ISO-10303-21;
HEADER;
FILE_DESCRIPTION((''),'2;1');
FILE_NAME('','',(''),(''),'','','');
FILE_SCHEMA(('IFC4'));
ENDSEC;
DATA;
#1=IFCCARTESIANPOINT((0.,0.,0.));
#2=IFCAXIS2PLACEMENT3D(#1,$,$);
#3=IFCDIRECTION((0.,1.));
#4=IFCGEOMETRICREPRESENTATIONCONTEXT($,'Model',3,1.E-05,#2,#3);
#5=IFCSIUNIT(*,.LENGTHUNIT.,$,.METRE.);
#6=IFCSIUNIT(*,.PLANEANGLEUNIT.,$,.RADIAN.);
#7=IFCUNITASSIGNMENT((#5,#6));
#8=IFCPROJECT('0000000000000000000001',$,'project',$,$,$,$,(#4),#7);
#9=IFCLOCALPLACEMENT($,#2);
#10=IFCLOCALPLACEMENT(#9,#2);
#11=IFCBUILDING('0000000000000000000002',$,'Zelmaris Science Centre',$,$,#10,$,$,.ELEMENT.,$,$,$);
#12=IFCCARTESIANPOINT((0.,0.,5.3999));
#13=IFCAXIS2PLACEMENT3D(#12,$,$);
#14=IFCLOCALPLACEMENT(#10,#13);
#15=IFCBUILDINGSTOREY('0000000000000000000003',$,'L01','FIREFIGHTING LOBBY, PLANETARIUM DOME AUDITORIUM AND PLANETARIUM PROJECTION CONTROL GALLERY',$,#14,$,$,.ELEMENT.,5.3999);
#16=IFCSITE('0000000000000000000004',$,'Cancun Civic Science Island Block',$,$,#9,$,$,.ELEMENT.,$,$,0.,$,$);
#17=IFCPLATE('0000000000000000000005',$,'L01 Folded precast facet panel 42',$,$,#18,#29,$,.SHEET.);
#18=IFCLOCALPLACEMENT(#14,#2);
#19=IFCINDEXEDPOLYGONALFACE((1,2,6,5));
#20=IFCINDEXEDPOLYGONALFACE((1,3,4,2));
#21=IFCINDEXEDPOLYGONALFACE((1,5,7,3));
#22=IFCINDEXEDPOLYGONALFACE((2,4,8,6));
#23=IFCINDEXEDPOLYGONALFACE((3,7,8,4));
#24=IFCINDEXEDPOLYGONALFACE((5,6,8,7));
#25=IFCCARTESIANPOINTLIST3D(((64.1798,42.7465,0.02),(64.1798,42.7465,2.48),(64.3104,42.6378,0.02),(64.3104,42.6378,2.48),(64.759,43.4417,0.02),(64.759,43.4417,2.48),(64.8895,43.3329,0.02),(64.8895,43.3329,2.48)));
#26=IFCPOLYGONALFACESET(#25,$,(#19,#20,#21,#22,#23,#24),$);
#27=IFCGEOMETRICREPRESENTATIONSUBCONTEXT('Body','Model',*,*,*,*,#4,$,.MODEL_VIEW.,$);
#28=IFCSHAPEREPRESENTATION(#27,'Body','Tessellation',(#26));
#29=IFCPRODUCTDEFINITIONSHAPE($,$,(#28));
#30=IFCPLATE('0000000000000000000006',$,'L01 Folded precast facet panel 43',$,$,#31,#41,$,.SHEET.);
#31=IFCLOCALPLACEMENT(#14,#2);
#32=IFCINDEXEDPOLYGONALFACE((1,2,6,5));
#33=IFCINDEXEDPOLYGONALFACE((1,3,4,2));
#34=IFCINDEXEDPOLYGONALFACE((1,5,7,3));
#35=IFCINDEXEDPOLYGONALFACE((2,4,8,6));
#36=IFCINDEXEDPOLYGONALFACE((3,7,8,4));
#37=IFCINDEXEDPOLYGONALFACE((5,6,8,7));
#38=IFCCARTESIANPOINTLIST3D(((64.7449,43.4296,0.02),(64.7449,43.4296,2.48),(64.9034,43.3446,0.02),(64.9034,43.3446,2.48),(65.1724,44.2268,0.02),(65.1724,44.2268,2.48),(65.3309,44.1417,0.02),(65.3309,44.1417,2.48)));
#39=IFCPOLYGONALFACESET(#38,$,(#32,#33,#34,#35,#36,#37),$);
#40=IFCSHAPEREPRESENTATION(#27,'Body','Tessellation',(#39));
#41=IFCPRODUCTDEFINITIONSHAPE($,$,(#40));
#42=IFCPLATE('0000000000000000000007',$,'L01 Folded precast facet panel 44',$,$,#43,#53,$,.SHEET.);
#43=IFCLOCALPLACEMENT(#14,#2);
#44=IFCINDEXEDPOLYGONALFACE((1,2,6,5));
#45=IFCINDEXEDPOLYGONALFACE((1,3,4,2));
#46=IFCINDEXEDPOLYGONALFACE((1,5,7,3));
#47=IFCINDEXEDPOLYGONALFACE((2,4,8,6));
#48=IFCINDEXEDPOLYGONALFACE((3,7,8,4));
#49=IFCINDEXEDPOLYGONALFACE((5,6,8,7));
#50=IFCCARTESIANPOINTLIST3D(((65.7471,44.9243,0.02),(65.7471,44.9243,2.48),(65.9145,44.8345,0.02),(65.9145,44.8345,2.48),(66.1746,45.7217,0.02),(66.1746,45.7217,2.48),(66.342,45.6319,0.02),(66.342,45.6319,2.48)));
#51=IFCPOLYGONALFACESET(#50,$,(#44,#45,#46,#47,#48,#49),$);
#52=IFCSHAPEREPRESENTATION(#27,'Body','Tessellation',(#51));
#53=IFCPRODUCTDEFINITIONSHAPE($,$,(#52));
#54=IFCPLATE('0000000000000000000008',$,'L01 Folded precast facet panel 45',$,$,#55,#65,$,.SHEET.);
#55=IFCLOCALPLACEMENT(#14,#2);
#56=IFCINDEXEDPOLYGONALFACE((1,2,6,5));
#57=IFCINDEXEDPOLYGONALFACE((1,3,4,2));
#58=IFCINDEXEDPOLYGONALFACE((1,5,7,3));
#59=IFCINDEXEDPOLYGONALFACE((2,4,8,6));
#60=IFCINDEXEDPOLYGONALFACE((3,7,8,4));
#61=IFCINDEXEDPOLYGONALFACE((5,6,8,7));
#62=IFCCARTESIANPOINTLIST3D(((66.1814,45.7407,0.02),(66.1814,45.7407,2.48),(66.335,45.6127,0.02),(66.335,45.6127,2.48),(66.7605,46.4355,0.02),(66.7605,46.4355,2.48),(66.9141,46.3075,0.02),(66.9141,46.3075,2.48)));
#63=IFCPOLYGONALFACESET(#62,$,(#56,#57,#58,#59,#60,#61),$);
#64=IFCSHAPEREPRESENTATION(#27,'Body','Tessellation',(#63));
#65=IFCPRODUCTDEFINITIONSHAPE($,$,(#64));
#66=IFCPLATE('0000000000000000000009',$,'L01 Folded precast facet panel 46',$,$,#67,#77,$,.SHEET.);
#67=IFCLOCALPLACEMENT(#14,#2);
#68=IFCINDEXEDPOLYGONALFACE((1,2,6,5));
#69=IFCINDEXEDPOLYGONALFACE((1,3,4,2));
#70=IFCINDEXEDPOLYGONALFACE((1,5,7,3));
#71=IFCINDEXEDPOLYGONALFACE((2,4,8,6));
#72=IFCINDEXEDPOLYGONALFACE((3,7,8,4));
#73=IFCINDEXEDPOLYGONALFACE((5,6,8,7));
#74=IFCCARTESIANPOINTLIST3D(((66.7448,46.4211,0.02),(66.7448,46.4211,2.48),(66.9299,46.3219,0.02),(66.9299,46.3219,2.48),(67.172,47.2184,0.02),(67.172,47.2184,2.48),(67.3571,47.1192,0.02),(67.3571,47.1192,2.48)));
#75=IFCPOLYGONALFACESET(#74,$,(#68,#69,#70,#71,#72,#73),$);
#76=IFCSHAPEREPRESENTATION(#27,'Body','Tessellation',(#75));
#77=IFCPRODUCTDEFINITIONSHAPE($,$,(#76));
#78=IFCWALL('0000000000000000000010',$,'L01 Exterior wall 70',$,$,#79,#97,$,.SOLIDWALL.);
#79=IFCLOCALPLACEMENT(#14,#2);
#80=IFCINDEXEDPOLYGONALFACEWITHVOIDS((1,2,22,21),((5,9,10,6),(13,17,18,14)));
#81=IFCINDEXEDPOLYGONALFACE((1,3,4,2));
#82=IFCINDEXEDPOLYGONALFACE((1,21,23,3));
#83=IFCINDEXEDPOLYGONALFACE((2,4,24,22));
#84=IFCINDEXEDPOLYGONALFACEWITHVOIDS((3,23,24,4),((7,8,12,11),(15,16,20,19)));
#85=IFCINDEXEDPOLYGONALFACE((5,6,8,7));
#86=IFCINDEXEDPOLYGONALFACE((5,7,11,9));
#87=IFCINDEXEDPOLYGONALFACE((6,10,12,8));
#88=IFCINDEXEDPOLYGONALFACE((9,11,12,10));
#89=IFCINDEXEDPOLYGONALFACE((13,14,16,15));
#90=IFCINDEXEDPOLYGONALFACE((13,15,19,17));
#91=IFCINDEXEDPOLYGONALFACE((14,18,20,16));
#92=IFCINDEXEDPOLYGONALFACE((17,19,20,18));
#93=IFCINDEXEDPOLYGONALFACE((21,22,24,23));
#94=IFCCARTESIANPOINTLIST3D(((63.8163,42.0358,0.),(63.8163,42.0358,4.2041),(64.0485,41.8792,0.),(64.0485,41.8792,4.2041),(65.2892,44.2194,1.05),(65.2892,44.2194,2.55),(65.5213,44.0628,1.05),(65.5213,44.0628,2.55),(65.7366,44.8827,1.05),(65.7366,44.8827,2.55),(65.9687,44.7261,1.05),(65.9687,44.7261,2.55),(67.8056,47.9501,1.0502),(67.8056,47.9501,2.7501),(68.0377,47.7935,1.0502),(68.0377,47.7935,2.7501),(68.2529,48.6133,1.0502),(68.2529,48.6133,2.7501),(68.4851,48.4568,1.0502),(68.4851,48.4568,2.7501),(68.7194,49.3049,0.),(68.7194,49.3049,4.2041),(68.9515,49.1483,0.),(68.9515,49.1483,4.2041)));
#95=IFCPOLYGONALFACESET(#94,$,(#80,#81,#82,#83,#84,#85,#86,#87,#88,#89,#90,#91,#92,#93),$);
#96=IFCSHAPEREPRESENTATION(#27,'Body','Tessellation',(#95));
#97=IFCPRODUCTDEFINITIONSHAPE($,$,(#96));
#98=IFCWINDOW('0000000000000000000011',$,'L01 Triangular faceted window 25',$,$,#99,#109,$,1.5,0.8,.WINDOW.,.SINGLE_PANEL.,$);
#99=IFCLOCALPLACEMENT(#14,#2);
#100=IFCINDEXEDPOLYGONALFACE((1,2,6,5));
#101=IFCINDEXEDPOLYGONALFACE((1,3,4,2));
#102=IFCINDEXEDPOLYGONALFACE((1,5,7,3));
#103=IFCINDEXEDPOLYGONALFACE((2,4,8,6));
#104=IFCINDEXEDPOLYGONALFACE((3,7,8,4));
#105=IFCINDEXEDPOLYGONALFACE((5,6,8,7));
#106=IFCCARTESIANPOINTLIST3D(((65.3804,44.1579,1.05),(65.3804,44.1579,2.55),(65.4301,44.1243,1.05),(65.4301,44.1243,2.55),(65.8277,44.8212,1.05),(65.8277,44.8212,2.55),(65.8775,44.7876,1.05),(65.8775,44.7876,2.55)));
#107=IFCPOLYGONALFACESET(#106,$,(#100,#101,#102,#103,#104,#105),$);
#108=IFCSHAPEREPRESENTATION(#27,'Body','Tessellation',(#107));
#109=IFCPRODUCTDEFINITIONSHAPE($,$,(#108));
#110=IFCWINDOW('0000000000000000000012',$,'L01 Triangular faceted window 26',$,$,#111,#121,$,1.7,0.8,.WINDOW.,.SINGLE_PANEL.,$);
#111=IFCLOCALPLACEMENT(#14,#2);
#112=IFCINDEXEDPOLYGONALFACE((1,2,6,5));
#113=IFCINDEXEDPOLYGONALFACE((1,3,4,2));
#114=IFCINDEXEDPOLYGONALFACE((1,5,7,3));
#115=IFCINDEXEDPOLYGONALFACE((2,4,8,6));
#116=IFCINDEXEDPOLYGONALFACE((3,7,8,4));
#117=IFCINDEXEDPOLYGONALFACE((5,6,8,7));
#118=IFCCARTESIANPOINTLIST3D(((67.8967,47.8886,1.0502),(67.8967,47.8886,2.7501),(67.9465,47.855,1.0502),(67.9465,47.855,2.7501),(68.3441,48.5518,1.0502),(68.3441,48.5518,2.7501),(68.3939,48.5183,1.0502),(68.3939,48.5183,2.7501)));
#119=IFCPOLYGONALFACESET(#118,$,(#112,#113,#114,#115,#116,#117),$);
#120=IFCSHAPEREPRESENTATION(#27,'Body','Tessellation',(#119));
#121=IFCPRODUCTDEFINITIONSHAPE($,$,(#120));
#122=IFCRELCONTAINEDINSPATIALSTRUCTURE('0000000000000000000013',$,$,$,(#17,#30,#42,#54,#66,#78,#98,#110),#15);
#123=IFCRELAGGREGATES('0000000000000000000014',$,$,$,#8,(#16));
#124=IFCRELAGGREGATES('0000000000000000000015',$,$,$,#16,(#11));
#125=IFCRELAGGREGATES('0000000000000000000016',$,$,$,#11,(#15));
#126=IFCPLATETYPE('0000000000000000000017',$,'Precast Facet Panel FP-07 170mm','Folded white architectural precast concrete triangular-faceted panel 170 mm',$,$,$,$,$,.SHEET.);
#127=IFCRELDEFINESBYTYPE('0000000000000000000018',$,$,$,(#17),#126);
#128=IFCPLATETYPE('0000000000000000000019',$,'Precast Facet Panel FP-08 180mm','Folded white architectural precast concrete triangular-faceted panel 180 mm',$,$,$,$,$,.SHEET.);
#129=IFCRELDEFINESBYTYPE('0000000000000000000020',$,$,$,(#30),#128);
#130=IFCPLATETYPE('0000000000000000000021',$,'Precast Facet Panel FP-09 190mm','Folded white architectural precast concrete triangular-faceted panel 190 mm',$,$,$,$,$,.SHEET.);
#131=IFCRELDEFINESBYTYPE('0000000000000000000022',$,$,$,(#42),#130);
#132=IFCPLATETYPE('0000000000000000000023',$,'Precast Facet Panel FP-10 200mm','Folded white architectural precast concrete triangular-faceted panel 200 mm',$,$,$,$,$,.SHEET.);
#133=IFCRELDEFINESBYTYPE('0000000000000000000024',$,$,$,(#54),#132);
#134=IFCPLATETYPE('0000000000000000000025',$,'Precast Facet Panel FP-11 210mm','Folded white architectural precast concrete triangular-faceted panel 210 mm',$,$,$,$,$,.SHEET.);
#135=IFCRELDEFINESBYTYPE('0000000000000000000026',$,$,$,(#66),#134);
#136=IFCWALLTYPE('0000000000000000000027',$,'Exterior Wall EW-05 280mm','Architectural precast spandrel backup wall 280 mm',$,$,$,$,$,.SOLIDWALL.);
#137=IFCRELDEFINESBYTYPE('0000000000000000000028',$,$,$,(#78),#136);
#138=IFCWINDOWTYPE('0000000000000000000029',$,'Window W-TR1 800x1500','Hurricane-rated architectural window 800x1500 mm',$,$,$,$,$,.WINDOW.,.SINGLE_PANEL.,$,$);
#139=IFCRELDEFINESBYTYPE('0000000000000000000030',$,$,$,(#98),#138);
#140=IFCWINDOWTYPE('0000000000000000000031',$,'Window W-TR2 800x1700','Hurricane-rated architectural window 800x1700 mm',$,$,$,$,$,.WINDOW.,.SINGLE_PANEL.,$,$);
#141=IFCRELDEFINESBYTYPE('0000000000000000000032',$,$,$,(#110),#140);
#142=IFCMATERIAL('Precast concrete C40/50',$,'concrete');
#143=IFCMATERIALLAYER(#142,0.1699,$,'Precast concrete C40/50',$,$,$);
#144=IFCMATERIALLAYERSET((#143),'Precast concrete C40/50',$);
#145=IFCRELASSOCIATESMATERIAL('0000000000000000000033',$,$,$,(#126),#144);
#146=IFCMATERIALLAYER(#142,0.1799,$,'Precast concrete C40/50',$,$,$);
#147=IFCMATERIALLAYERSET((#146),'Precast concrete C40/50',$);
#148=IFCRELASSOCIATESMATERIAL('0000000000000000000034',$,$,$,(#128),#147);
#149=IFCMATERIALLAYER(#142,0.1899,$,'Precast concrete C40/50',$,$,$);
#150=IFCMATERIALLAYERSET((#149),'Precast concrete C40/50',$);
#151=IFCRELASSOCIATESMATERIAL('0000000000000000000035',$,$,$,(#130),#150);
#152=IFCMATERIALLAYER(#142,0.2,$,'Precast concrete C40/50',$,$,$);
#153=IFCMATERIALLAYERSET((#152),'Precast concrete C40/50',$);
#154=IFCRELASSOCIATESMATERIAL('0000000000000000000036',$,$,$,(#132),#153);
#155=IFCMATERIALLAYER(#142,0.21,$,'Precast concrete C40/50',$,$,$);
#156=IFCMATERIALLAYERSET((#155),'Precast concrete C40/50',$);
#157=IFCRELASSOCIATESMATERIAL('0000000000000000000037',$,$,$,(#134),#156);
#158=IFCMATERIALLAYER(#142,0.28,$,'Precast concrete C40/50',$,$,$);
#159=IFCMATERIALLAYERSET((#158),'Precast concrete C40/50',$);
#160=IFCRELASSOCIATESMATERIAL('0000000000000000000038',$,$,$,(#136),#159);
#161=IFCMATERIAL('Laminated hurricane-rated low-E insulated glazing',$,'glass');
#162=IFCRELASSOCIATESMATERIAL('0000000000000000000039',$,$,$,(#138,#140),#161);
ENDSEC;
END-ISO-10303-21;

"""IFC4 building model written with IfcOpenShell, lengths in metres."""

from ifc_helpers import new_model, si_unit, direction, frame, frame_2d, origin, place, context, subcontext, project, spatial, rectangle, extrude, material, layer, layer_set, type_object, element, fill, save


model = new_model("IFC4")

# Units and contexts
model_context = context("Model", 3, precision=1e-05, world=origin(), true_north=direction((0.0, 1.0)))
body_context = subcontext(model_context, "Body", "Model", "MODEL_VIEW")
ifc_project = project(units=[si_unit("LENGTHUNIT", "METRE"), si_unit("PLANEANGLEUNIT", "RADIAN")], contexts=[model_context])

# Site, building, storey
site_placement = place(None, origin())
site = spatial("IfcSite", under=ifc_project, at=site_placement, Name="Cancun Civic Science Island Block", CompositionType="ELEMENT", RefElevation=0.0)
building_placement = place(site_placement, origin())
building = spatial("IfcBuilding", under=site, at=building_placement, Name="Zelmaris Science Centre", CompositionType="ELEMENT")
storey_placement = place(building_placement, frame((0.0, 0.0, 5.3999)))
storey = spatial("IfcBuildingStorey", under=building, at=storey_placement, Name="L01", Description="FIREFIGHTING LOBBY, PLANETARIUM DOME AUDITORIUM AND PLANETARIUM PROJECTION CONTROL GALLERY", CompositionType="ELEMENT", Elevation=5.3999)

# Shared definitions
ifc_material_1 = material(Name="Laminated hurricane-rated low-E insulated glazing", Category="glass")

# Plates
ifc_material_2 = material(Name="Precast concrete C40/50", Category="concrete")
ifc_layer_1 = layer(ifc_material_2, 0.1699, Name="Precast concrete C40/50")
ifc_layer_set_1 = layer_set([ifc_layer_1], Name="Precast concrete C40/50")
plate_type_1 = type_object("IfcPlateType", Name="Precast Facet Panel FP-07 170mm", Description="Folded white architectural precast concrete triangular-faceted panel 170 mm", PredefinedType="SHEET", material=ifc_layer_set_1)
plate_1_placement = place(storey_placement, frame((64.2451, 42.6921, 0.02), z_axis=(0.0, 0.0, 1.0), x_axis=(0.640105, 0.768288, 0.0)))
element("IfcPlate", 1, at=plate_1_placement, inside=storey, type_object=plate_type_1, Name="L01 Folded precast facet panel 42", PredefinedType="SHEET", context=body_context, shape_type="SweptSolid", body=[
    extrude(rectangle(XDim=0.9048, YDim=0.1699, at=frame_2d((0.4524, 0.0))), origin(), (0.0, 0.0, 1.0), 2.46),
])
ifc_layer_2 = layer(ifc_material_2, 0.1799, Name="Precast concrete C40/50")
ifc_layer_set_2 = layer_set([ifc_layer_2], Name="Precast concrete C40/50")
plate_type_2 = type_object("IfcPlateType", Name="Precast Facet Panel FP-08 180mm", Description="Folded white architectural precast concrete triangular-faceted panel 180 mm", PredefinedType="SHEET", material=ifc_layer_set_2)
plate_2_placement = place(storey_placement, frame((64.8242, 43.3872, 0.02), z_axis=(0.0, 0.0, 1.0), x_axis=(0.472618, 0.881267, 0.0)))
element("IfcPlate", 2, at=plate_2_placement, inside=storey, type_object=plate_type_2, Name="L01 Folded precast facet panel 43", PredefinedType="SHEET", context=body_context, shape_type="SweptSolid", body=[
    extrude(rectangle(XDim=0.9045, YDim=0.1799, at=frame_2d((0.4521, 0.0))), origin(), (0.0, 0.0, 1.0), 2.46),
])
ifc_layer_3 = layer(ifc_material_2, 0.1899, Name="Precast concrete C40/50")
ifc_layer_set_3 = layer_set([ifc_layer_3], Name="Precast concrete C40/50")
plate_type_3 = type_object("IfcPlateType", Name="Precast Facet Panel FP-09 190mm", Description="Folded white architectural precast concrete triangular-faceted panel 190 mm", PredefinedType="SHEET", material=ifc_layer_set_3)
plate_3_placement = place(storey_placement, frame((65.8308, 44.8794, 0.02), z_axis=(0.0, 0.0, 1.0), x_axis=(0.472506, 0.881327, 0.0)))
element("IfcPlate", 3, at=plate_3_placement, inside=storey, type_object=plate_type_3, Name="L01 Folded precast facet panel 44", PredefinedType="SHEET", context=body_context, shape_type="SweptSolid", body=[
    extrude(rectangle(XDim=0.9048, YDim=0.1899, at=frame_2d((0.4524, 0.0))), origin(), (0.0, 0.0, 1.0), 2.46),
])
ifc_layer_4 = layer(ifc_material_2, 0.2, Name="Precast concrete C40/50")
ifc_layer_set_4 = layer_set([ifc_layer_4], Name="Precast concrete C40/50")
plate_type_4 = type_object("IfcPlateType", Name="Precast Facet Panel FP-10 200mm", Description="Folded white architectural precast concrete triangular-faceted panel 200 mm", PredefinedType="SHEET", material=ifc_layer_set_4)
plate_4_placement = place(storey_placement, frame((66.2583, 45.6768, 0.02), z_axis=(0.0, 0.0, 1.0), x_axis=(0.640237, 0.768177, 0.0)))
element("IfcPlate", 4, at=plate_4_placement, inside=storey, type_object=plate_type_4, Name="L01 Folded precast facet panel 45", PredefinedType="SHEET", context=body_context, shape_type="SweptSolid", body=[
    extrude(rectangle(XDim=0.9045, YDim=0.2, at=frame_2d((0.4521, 0.0))), origin(), (0.0, 0.0, 1.0), 2.46),
])
ifc_layer_5 = layer(ifc_material_2, 0.21, Name="Precast concrete C40/50")
ifc_layer_set_5 = layer_set([ifc_layer_5], Name="Precast concrete C40/50")
plate_type_5 = type_object("IfcPlateType", Name="Precast Facet Panel FP-11 210mm", Description="Folded white architectural precast concrete triangular-faceted panel 210 mm", PredefinedType="SHEET", material=ifc_layer_set_5)
plate_5_placement = place(storey_placement, frame((66.8374, 46.3716, 0.02), z_axis=(0.0, 0.0, 1.0), x_axis=(0.472296, 0.88144, 0.0)))
element("IfcPlate", 5, at=plate_5_placement, inside=storey, type_object=plate_type_5, Name="L01 Folded precast facet panel 46", PredefinedType="SHEET", context=body_context, shape_type="SweptSolid", body=[
    extrude(rectangle(XDim=0.9045, YDim=0.21, at=frame_2d((0.4521, 0.0))), origin(), (0.0, 0.0, 1.0), 2.46),
])

# Wall, openings, windows
ifc_layer_6 = layer(ifc_material_2, 0.28, Name="Precast concrete C40/50")
ifc_layer_set_6 = layer_set([ifc_layer_6], Name="Precast concrete C40/50")
wall_type = type_object("IfcWallType", Name="Exterior Wall EW-05 280mm", Description="Architectural precast spandrel backup wall 280 mm", PredefinedType="SOLIDWALL", material=ifc_layer_set_6)
wall_placement = place(storey_placement, frame((63.9324, 41.9575, 0.0), z_axis=(0.0, 0.0, 1.0), x_axis=(0.559196, 0.829035, 0.0)))
wall = element("IfcWall", 6, at=wall_placement, inside=storey, type_object=wall_type, Name="L01 Exterior wall 70", PredefinedType="SOLIDWALL", context=body_context, shape_type="SweptSolid", body=[
    extrude(rectangle(XDim=8.7681, YDim=0.28, at=frame_2d((4.384, 0.0))), origin(), (0.0, 0.0, 1.0), 4.2041),
])
opening_1_placement = place(wall_placement, frame((2.634, 0.0, 1.05)))
opening_1 = element("IfcOpeningElement", 7, at=opening_1_placement, cuts=wall, PredefinedType="OPENING", context=body_context, shape_type="SweptSolid", body=[
    extrude(rectangle(XDim=0.8, YDim=1.5, at=frame_2d((0.3999, 0.75))), frame((0.0, 0.1499, 0.0), z_axis=(0.0, -1.0, 0.0), x_axis=(1.0, 0.0, 0.0)), (0.0, 0.0, 1.0), 0.3),
])
opening_2_placement = place(wall_placement, frame((7.134, 0.0, 1.05)))
opening_2 = element("IfcOpeningElement", 8, at=opening_2_placement, cuts=wall, PredefinedType="OPENING", context=body_context, shape_type="SweptSolid", body=[
    extrude(rectangle(XDim=0.8, YDim=1.7, at=frame_2d((0.3999, 0.8501))), frame((0.0, 0.1499, 0.0), z_axis=(0.0, -1.0, 0.0), x_axis=(1.0, 0.0, 0.0)), (0.0, 0.0, 1.0), 0.3),
])
window_type_1 = type_object("IfcWindowType", Name="Window W-TR1 800x1500", Description="Hurricane-rated architectural window 800x1500 mm", PartitioningType="SINGLE_PANEL", PredefinedType="WINDOW", material=ifc_material_1)
window_1_placement = place(opening_1_placement, origin())
window_1 = element("IfcWindow", 9, at=window_1_placement, inside=storey, type_object=window_type_1, Name="L01 Triangular faceted window 25", OverallHeight=1.5, OverallWidth=0.8, PartitioningType="SINGLE_PANEL", PredefinedType="WINDOW", context=body_context, shape_type="SweptSolid", body=[
    extrude(rectangle(XDim=0.8, YDim=1.5, at=frame_2d((0.3999, 0.75))), frame((0.0, 0.03, 0.0), z_axis=(0.0, -1.0, 0.0), x_axis=(1.0, 0.0, 0.0)), (0.0, 0.0, 1.0), 0.0601),
])
fill(opening_1, window_1)
window_type_2 = type_object("IfcWindowType", Name="Window W-TR2 800x1700", Description="Hurricane-rated architectural window 800x1700 mm", PartitioningType="SINGLE_PANEL", PredefinedType="WINDOW", material=ifc_material_1)
window_2_placement = place(opening_2_placement, origin())
window_2 = element("IfcWindow", 10, at=window_2_placement, inside=storey, type_object=window_type_2, Name="L01 Triangular faceted window 26", OverallHeight=1.7, OverallWidth=0.8, PartitioningType="SINGLE_PANEL", PredefinedType="WINDOW", context=body_context, shape_type="SweptSolid", body=[
    extrude(rectangle(XDim=0.8, YDim=1.7, at=frame_2d((0.3999, 0.8501))), frame((0.0, 0.03, 0.0), z_axis=(0.0, -1.0, 0.0), x_axis=(1.0, 0.0, 0.0)), (0.0, 0.0, 1.0), 0.0601),
])
fill(opening_2, window_2)

save(model, "model.ifc")
